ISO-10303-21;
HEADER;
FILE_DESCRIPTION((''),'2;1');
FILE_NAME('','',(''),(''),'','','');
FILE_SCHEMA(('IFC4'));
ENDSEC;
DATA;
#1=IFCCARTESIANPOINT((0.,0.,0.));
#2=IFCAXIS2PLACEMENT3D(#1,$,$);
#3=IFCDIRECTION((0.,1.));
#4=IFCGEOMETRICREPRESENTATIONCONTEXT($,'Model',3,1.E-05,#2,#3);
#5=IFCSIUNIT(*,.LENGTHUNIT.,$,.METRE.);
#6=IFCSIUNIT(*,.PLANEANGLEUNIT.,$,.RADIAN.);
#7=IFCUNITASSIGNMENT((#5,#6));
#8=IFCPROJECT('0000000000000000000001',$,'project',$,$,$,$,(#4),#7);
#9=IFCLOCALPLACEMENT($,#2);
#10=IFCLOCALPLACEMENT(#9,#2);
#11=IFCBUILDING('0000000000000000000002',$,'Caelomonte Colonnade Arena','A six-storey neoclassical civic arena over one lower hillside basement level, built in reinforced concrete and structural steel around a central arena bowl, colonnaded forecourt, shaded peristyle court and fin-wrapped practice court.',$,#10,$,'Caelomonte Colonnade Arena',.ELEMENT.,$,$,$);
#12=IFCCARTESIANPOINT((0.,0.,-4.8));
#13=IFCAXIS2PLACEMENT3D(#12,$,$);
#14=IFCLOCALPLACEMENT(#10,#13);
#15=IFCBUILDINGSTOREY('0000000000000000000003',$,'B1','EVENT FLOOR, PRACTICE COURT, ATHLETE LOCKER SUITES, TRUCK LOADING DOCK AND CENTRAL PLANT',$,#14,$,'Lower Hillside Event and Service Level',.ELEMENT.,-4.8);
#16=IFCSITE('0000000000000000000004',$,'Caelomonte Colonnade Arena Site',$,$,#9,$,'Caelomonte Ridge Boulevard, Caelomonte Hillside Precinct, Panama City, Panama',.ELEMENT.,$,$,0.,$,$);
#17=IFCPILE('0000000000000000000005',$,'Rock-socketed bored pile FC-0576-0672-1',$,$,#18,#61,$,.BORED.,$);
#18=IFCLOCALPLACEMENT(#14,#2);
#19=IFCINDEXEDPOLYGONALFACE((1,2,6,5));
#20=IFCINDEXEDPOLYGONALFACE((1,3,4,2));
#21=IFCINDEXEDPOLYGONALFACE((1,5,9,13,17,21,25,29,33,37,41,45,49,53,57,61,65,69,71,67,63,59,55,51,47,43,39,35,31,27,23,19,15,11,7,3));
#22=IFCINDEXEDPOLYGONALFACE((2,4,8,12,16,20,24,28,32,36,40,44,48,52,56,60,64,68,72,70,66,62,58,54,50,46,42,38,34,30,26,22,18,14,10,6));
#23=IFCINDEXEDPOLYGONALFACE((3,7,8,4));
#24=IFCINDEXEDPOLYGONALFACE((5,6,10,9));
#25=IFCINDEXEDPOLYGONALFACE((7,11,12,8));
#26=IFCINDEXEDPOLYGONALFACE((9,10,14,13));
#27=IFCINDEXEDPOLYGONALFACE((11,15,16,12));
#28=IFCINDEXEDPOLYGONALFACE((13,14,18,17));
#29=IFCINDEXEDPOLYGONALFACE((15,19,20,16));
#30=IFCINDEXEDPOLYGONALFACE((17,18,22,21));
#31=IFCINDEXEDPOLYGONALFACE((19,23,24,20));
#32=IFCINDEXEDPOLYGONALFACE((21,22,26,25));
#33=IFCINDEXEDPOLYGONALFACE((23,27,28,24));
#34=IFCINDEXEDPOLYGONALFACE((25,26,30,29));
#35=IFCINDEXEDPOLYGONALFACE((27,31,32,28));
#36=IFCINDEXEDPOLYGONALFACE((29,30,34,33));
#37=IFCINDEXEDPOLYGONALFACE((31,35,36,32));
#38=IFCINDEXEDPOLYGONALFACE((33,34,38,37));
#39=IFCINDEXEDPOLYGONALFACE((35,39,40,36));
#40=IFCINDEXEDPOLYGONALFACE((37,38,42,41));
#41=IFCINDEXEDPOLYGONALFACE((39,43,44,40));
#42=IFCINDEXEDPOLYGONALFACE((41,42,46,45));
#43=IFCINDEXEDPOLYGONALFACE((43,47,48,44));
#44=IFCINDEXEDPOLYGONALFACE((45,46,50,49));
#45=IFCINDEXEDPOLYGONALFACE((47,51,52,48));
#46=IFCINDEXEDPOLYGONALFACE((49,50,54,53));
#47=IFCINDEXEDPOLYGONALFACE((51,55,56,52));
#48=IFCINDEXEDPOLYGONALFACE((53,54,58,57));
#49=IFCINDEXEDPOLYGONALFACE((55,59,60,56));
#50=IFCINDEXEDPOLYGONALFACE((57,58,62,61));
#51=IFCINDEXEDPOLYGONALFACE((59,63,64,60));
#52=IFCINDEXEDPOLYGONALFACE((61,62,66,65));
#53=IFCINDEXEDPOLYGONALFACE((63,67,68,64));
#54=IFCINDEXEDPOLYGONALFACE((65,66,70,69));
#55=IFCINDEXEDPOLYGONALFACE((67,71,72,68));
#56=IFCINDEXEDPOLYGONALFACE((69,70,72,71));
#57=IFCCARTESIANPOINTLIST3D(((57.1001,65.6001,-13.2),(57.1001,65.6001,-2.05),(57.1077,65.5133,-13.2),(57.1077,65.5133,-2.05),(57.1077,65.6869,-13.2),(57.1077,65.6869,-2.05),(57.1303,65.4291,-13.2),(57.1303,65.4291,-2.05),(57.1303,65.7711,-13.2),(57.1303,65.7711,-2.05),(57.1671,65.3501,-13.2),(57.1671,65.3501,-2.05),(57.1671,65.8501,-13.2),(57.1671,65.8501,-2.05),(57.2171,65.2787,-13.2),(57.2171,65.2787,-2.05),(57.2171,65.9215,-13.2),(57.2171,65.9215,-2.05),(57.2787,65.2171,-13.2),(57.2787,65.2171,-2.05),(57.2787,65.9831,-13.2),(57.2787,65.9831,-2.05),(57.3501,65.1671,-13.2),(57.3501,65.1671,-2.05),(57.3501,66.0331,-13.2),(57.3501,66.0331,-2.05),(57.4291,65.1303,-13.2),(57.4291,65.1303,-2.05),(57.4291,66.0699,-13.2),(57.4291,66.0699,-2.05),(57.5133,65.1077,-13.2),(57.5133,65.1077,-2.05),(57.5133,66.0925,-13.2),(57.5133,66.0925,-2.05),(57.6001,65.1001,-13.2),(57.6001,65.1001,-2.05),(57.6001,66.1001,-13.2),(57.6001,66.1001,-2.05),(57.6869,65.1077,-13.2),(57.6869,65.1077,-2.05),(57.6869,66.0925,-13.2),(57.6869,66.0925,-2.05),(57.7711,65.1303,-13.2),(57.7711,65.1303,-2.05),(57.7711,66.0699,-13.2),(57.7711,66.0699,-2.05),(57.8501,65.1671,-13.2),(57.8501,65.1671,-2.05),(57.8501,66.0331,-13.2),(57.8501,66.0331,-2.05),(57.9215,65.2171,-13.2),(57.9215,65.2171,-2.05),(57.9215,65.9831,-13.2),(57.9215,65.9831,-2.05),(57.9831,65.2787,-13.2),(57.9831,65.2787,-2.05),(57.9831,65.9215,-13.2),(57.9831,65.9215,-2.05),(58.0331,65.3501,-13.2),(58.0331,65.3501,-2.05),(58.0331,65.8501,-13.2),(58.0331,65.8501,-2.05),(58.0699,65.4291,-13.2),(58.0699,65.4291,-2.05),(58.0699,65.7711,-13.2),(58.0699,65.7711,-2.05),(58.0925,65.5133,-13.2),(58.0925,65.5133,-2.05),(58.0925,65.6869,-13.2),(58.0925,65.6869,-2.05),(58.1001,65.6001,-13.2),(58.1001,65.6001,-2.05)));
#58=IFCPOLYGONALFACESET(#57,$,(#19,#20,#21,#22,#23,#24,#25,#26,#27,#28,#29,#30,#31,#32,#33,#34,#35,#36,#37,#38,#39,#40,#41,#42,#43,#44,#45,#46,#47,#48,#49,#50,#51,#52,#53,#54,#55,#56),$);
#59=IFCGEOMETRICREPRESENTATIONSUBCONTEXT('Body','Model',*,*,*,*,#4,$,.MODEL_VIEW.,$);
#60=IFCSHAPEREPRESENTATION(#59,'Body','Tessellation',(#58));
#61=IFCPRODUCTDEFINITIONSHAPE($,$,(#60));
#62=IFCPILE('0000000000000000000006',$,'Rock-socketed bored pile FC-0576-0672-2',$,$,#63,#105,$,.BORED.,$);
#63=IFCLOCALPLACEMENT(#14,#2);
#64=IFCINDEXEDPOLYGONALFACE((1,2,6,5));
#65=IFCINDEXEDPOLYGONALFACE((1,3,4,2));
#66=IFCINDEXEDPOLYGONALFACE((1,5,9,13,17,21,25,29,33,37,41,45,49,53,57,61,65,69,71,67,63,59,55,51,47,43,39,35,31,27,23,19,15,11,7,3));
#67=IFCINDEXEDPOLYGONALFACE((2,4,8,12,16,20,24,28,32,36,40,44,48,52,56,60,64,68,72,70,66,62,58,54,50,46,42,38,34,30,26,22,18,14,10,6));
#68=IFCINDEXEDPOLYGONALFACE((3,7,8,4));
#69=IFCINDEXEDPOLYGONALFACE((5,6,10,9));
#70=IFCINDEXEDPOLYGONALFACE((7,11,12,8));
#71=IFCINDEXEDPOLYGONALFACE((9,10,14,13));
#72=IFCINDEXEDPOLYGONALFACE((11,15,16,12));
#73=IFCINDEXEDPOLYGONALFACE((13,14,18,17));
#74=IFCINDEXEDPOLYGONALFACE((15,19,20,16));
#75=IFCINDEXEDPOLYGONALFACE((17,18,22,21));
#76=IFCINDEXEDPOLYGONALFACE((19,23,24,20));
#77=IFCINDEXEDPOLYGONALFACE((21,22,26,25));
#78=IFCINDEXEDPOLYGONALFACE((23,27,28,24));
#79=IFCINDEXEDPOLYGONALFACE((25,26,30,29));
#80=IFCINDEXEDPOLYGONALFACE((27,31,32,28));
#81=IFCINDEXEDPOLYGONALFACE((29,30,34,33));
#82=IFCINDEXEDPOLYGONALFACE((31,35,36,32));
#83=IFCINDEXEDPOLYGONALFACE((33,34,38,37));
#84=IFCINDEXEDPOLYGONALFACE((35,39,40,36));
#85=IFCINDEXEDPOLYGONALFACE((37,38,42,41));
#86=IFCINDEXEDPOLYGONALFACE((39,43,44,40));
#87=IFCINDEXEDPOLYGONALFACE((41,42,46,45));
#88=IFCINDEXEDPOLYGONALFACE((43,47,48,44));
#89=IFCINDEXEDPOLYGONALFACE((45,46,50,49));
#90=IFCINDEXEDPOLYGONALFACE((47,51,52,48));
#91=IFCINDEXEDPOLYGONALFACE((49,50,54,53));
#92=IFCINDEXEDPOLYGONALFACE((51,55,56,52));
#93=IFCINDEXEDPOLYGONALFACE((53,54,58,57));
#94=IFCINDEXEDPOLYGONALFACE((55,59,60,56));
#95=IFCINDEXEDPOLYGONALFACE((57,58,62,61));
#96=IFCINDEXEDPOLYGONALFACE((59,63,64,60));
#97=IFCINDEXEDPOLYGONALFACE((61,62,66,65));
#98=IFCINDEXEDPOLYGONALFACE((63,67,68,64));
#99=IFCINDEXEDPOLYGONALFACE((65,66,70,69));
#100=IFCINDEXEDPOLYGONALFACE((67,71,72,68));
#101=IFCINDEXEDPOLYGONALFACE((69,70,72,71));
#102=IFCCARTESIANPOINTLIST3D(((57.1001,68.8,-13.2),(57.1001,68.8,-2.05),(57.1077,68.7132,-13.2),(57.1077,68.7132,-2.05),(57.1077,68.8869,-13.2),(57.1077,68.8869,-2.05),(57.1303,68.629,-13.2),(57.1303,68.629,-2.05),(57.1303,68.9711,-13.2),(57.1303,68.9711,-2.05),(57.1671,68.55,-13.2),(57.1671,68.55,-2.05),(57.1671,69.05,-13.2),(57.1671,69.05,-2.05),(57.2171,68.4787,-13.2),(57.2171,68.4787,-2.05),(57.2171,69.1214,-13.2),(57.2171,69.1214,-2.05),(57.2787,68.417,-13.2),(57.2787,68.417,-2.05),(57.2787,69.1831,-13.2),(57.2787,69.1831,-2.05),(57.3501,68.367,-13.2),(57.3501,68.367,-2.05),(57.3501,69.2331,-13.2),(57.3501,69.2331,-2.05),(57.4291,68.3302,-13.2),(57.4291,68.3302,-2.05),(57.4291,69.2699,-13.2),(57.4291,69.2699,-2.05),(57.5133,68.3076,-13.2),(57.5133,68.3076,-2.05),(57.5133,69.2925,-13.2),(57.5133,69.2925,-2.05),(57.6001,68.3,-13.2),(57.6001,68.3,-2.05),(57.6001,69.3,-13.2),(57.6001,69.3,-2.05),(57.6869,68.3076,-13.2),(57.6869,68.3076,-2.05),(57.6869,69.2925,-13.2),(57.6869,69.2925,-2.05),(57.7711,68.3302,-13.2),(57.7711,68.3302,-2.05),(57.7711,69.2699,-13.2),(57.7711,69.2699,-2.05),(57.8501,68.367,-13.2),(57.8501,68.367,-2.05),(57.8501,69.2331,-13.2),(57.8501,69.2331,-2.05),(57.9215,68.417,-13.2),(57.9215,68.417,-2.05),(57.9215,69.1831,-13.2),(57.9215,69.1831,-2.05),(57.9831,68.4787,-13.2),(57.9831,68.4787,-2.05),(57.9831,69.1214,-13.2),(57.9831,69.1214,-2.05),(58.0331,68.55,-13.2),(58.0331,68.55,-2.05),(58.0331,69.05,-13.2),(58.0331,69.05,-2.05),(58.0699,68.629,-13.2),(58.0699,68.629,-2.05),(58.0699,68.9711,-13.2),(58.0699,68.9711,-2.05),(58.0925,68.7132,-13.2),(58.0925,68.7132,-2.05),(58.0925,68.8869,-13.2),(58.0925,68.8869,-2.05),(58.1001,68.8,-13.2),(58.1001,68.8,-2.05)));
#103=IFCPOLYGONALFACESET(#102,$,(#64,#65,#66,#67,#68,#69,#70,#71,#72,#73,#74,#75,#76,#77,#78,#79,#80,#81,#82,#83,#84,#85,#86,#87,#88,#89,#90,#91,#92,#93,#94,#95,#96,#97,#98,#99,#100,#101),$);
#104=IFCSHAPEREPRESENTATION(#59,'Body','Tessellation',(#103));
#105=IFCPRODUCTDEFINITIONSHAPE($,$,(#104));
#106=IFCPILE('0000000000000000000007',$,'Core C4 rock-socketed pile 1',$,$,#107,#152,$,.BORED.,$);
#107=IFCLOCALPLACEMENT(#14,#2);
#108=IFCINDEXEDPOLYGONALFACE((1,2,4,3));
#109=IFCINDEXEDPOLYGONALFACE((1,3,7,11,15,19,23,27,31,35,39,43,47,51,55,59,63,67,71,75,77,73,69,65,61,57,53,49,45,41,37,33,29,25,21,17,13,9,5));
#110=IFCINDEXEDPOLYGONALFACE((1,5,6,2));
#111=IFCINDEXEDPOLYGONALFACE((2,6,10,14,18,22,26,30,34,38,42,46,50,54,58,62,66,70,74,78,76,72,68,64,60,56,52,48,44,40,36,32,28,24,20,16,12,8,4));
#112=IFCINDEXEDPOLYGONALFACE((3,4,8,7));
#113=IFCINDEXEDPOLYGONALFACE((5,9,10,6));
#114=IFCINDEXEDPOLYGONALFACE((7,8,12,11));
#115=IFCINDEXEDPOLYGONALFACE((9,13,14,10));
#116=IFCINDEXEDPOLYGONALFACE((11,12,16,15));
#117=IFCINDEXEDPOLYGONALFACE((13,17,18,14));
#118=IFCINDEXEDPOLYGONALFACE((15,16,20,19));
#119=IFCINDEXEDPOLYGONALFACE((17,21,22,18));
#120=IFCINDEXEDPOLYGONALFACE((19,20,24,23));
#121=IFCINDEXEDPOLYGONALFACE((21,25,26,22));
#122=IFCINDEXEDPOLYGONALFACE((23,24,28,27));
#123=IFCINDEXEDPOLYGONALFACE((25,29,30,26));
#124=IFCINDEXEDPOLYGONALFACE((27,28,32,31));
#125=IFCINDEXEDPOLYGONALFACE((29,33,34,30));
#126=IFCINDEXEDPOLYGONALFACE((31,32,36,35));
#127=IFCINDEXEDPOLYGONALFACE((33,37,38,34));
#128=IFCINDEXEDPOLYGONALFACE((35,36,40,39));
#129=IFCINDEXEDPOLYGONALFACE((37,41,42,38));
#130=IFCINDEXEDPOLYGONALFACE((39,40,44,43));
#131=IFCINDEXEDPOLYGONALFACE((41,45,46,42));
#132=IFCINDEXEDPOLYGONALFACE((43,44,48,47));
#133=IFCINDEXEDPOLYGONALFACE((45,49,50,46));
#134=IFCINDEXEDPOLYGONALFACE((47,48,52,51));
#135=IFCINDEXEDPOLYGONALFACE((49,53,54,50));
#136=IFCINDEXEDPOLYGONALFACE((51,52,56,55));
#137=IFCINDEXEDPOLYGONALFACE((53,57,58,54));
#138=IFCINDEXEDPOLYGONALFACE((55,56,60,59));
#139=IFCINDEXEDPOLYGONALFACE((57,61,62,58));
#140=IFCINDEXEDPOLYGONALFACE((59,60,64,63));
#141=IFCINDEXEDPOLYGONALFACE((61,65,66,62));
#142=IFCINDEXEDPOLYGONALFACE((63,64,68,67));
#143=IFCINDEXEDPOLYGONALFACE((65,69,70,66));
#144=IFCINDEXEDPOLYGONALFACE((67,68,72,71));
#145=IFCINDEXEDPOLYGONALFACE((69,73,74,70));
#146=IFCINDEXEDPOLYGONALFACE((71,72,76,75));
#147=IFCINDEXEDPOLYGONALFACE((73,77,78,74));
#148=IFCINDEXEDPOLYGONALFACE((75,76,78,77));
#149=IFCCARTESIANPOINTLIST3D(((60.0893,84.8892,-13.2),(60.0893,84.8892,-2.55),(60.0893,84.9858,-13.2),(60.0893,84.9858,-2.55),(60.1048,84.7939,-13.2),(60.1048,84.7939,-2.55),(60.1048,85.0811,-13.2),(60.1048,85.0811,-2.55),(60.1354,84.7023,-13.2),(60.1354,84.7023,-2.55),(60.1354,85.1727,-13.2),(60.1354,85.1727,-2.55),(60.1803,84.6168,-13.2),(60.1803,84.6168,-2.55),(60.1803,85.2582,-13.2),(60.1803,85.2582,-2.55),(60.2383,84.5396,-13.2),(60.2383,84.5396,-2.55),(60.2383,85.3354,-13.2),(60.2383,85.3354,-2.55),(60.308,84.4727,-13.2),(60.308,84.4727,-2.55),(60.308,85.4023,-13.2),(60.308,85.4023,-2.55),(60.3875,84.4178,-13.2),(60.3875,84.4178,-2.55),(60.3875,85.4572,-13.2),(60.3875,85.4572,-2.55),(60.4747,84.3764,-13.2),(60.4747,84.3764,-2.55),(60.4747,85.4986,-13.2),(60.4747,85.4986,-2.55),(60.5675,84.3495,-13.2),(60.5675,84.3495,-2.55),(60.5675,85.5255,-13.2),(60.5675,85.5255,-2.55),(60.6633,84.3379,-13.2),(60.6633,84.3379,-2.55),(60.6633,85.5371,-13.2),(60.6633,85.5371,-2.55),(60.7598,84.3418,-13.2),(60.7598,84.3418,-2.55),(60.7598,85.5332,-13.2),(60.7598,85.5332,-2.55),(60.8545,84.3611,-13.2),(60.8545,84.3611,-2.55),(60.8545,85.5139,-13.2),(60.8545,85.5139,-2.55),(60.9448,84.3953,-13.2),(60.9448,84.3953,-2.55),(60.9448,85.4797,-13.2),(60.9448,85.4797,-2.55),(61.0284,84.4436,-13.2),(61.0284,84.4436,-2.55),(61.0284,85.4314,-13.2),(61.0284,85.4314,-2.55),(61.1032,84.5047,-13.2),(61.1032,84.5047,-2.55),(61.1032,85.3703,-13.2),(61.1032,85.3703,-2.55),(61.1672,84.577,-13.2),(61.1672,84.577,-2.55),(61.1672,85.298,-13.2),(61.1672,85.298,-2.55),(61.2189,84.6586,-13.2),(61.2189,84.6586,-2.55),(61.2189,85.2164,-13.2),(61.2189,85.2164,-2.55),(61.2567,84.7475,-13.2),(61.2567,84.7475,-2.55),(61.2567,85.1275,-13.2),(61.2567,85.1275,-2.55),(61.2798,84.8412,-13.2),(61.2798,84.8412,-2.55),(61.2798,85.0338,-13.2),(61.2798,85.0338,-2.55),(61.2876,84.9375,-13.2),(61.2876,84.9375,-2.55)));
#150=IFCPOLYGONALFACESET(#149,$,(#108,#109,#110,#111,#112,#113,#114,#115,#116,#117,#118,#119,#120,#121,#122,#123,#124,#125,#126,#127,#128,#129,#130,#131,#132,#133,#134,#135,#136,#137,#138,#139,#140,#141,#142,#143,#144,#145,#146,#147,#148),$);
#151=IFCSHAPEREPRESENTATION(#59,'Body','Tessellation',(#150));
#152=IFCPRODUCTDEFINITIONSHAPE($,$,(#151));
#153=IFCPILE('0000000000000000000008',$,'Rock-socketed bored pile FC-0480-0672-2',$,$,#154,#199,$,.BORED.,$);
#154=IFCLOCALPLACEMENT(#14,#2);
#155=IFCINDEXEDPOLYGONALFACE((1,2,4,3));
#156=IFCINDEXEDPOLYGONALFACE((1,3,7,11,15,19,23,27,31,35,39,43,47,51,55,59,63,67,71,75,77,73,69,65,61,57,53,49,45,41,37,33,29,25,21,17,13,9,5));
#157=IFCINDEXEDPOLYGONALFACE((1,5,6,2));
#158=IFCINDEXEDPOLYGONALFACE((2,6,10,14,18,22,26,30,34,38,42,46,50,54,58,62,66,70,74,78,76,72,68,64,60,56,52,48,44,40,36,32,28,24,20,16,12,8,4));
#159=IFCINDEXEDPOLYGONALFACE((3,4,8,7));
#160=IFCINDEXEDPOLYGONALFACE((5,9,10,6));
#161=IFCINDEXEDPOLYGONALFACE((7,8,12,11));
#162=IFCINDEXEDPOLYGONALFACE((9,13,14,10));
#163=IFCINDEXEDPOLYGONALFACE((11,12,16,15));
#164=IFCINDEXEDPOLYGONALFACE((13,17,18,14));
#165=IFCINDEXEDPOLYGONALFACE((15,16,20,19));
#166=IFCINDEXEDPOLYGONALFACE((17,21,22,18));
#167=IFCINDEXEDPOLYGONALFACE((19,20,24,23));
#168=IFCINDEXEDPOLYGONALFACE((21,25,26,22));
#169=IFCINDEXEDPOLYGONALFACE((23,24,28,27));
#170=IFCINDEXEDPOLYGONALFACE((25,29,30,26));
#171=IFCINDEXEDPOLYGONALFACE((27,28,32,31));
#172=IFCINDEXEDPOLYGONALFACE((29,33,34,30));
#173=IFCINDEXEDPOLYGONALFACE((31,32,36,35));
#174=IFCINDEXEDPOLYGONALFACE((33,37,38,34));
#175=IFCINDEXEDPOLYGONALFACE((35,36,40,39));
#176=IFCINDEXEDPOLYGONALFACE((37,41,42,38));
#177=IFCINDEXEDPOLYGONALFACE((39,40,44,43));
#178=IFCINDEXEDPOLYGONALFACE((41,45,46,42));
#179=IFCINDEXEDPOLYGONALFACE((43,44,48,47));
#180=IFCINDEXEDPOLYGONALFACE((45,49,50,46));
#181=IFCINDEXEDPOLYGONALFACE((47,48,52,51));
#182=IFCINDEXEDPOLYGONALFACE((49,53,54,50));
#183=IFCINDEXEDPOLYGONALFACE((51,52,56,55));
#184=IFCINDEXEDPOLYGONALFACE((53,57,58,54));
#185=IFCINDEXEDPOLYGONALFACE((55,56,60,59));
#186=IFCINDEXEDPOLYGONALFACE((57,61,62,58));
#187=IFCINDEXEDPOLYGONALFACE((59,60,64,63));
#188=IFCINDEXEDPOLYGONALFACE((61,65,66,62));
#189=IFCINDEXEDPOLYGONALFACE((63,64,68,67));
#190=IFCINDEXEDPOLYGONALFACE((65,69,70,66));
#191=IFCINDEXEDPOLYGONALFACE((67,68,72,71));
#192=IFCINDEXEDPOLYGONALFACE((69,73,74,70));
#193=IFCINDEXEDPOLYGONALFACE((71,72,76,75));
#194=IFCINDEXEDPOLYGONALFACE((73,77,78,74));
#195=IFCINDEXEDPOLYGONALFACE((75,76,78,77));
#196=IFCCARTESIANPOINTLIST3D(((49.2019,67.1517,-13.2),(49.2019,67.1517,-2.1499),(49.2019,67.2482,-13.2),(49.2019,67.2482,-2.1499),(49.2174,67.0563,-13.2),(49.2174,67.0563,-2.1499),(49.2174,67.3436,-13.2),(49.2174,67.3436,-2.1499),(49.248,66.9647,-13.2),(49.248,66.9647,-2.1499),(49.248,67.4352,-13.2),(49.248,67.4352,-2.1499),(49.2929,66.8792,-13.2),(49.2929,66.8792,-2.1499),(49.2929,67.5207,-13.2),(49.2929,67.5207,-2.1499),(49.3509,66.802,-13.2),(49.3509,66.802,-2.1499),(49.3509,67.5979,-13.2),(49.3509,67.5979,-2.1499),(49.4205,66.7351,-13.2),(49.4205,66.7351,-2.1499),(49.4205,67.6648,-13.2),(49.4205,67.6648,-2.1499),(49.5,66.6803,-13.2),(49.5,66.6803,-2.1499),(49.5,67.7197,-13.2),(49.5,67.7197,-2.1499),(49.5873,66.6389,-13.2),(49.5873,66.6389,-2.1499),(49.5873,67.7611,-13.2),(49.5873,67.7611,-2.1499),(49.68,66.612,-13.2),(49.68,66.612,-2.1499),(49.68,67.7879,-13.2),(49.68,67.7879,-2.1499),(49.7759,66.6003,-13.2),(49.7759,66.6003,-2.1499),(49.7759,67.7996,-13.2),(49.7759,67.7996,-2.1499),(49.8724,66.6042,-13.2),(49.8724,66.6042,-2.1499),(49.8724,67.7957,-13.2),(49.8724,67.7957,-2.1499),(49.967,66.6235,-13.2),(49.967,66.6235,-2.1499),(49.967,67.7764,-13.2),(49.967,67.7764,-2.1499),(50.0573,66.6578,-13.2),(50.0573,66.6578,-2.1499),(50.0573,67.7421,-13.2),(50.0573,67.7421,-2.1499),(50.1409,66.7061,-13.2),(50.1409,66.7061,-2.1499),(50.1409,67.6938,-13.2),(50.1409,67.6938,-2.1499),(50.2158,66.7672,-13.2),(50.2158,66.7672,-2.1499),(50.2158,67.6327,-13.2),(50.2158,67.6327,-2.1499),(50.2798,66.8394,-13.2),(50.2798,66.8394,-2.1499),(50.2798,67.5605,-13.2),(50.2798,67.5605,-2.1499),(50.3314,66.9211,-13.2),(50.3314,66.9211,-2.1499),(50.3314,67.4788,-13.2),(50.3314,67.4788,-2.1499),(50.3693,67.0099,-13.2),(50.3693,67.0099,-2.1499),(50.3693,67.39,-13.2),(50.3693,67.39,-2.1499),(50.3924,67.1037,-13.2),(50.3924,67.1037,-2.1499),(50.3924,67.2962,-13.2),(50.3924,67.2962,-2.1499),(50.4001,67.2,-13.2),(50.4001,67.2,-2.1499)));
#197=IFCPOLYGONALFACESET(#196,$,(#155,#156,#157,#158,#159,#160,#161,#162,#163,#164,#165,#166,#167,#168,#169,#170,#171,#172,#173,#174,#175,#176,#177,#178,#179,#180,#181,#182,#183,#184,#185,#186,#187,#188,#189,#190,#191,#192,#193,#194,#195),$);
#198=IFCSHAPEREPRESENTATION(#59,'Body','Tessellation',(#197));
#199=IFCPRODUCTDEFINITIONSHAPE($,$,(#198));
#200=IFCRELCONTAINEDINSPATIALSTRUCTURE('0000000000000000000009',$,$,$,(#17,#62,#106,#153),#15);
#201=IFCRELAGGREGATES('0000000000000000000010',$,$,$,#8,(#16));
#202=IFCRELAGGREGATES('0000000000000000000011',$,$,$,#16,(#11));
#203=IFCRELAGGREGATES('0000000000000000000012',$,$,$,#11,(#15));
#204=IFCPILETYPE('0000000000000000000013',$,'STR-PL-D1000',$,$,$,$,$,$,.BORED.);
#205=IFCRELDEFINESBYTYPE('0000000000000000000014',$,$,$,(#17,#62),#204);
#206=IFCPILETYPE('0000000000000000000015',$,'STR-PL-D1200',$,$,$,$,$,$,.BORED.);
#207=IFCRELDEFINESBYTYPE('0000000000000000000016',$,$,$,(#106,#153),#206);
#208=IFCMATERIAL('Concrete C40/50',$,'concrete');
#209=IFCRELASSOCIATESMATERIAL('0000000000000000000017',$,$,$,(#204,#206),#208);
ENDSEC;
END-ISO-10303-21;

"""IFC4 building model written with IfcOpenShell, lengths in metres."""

from ifc_helpers import new_model, si_unit, direction, frame, origin, origin_2d, place, context, subcontext, project, spatial, circle, extrude, material, material_profile, profile_set, type_object, element, save


model = new_model("IFC4")

# Units and contexts
model_context = context("Model", 3, precision=1e-05, world=origin(), true_north=direction((0.0, 1.0)))
body_context = subcontext(model_context, "Body", "Model", "MODEL_VIEW")
ifc_project = project(units=[si_unit("LENGTHUNIT", "METRE"), si_unit("PLANEANGLEUNIT", "RADIAN")], contexts=[model_context])

# Site, building, storey
site_placement = place(None, origin())
site = spatial("IfcSite", under=ifc_project, at=site_placement, Name="Caelomonte Colonnade Arena Site", LongName="Caelomonte Ridge Boulevard, Caelomonte Hillside Precinct, Panama City, Panama", CompositionType="ELEMENT", RefElevation=0.0)
building_placement = place(site_placement, origin())
building = spatial("IfcBuilding", under=site, at=building_placement, Name="Caelomonte Colonnade Arena", Description="A six-storey neoclassical civic arena over one lower hillside basement level, built in reinforced concrete and structural steel around a central arena bowl, colonnaded forecourt, shaded peristyle court and fin-wrapped practice court.", LongName="Caelomonte Colonnade Arena", CompositionType="ELEMENT")
storey_placement = place(building_placement, frame((0.0, 0.0, -4.8)))
storey = spatial("IfcBuildingStorey", under=building, at=storey_placement, Name="B1", Description="EVENT FLOOR, PRACTICE COURT, ATHLETE LOCKER SUITES, TRUCK LOADING DOCK AND CENTRAL PLANT", LongName="Lower Hillside Event and Service Level", CompositionType="ELEMENT", Elevation=-4.8)

# Shared definitions
ifc_material_1 = material(Name="Concrete C40/50", Category="concrete")

# Piles
ifc_material_profile_1 = material_profile(ifc_material_1, circle(Radius=0.5, at=origin_2d()), Name="PILE-D1000")
ifc_profile_set_1 = profile_set([ifc_material_profile_1], Name="Concrete C40/50")
pile_type_1 = type_object("IfcPileType", Name="STR-PL-D1000", PredefinedType="BORED", material=ifc_profile_set_1)
for number, where, z_axis, x_axis, name in (
    (1, (57.6001, 65.6001, -2.05), (0.0, 0.0, -1.0), (1.0, 0.0, 0.0), "Rock-socketed bored pile FC-0576-0672-1"),
    (2, (57.6001, 68.8, -2.05), (0.0, 0.0, -1.0), (1.0, 0.0, 0.0), "Rock-socketed bored pile FC-0576-0672-2"),
):
    element("IfcPile", number, at=place(storey_placement, frame(where, z_axis=z_axis, x_axis=x_axis)), inside=storey, type_object=pile_type_1, Name=name, PredefinedType="BORED", context=body_context, shape_type="SweptSolid", body=[
        extrude(circle(Radius=0.5, at=origin_2d()), origin(), (0.0, 0.0, 1.0), 11.1499),
    ])
ifc_material_profile_2 = material_profile(ifc_material_1, circle(Radius=0.6001, at=origin_2d()), Name="PILE-D1200")
ifc_profile_set_2 = profile_set([ifc_material_profile_2], Name="Concrete C40/50")
pile_type_2 = type_object("IfcPileType", Name="STR-PL-D1200", PredefinedType="BORED", material=ifc_profile_set_2)
pile_1_placement = place(storey_placement, frame((60.6875, 84.9375, -2.55), z_axis=(0.0, 0.0, -1.0), x_axis=(1.0, 0.0, 0.0)))
element("IfcPile", 3, at=pile_1_placement, inside=storey, type_object=pile_type_2, Name="Core C4 rock-socketed pile 1", PredefinedType="BORED", context=body_context, shape_type="SweptSolid", body=[
    extrude(circle(Radius=0.6001, at=origin_2d()), origin(), (0.0, 0.0, 1.0), 10.6499),
])
pile_2_placement = place(storey_placement, frame((49.8, 67.2, -2.1499), z_axis=(0.0, 0.0, -1.0), x_axis=(1.0, 0.0, 0.0)))
element("IfcPile", 4, at=pile_2_placement, inside=storey, type_object=pile_type_2, Name="Rock-socketed bored pile FC-0480-0672-2", PredefinedType="BORED", context=body_context, shape_type="SweptSolid", body=[
    extrude(circle(Radius=0.6001, at=origin_2d()), origin(), (0.0, 0.0, 1.0), 11.05),
])

save(model, "model.ifc")
